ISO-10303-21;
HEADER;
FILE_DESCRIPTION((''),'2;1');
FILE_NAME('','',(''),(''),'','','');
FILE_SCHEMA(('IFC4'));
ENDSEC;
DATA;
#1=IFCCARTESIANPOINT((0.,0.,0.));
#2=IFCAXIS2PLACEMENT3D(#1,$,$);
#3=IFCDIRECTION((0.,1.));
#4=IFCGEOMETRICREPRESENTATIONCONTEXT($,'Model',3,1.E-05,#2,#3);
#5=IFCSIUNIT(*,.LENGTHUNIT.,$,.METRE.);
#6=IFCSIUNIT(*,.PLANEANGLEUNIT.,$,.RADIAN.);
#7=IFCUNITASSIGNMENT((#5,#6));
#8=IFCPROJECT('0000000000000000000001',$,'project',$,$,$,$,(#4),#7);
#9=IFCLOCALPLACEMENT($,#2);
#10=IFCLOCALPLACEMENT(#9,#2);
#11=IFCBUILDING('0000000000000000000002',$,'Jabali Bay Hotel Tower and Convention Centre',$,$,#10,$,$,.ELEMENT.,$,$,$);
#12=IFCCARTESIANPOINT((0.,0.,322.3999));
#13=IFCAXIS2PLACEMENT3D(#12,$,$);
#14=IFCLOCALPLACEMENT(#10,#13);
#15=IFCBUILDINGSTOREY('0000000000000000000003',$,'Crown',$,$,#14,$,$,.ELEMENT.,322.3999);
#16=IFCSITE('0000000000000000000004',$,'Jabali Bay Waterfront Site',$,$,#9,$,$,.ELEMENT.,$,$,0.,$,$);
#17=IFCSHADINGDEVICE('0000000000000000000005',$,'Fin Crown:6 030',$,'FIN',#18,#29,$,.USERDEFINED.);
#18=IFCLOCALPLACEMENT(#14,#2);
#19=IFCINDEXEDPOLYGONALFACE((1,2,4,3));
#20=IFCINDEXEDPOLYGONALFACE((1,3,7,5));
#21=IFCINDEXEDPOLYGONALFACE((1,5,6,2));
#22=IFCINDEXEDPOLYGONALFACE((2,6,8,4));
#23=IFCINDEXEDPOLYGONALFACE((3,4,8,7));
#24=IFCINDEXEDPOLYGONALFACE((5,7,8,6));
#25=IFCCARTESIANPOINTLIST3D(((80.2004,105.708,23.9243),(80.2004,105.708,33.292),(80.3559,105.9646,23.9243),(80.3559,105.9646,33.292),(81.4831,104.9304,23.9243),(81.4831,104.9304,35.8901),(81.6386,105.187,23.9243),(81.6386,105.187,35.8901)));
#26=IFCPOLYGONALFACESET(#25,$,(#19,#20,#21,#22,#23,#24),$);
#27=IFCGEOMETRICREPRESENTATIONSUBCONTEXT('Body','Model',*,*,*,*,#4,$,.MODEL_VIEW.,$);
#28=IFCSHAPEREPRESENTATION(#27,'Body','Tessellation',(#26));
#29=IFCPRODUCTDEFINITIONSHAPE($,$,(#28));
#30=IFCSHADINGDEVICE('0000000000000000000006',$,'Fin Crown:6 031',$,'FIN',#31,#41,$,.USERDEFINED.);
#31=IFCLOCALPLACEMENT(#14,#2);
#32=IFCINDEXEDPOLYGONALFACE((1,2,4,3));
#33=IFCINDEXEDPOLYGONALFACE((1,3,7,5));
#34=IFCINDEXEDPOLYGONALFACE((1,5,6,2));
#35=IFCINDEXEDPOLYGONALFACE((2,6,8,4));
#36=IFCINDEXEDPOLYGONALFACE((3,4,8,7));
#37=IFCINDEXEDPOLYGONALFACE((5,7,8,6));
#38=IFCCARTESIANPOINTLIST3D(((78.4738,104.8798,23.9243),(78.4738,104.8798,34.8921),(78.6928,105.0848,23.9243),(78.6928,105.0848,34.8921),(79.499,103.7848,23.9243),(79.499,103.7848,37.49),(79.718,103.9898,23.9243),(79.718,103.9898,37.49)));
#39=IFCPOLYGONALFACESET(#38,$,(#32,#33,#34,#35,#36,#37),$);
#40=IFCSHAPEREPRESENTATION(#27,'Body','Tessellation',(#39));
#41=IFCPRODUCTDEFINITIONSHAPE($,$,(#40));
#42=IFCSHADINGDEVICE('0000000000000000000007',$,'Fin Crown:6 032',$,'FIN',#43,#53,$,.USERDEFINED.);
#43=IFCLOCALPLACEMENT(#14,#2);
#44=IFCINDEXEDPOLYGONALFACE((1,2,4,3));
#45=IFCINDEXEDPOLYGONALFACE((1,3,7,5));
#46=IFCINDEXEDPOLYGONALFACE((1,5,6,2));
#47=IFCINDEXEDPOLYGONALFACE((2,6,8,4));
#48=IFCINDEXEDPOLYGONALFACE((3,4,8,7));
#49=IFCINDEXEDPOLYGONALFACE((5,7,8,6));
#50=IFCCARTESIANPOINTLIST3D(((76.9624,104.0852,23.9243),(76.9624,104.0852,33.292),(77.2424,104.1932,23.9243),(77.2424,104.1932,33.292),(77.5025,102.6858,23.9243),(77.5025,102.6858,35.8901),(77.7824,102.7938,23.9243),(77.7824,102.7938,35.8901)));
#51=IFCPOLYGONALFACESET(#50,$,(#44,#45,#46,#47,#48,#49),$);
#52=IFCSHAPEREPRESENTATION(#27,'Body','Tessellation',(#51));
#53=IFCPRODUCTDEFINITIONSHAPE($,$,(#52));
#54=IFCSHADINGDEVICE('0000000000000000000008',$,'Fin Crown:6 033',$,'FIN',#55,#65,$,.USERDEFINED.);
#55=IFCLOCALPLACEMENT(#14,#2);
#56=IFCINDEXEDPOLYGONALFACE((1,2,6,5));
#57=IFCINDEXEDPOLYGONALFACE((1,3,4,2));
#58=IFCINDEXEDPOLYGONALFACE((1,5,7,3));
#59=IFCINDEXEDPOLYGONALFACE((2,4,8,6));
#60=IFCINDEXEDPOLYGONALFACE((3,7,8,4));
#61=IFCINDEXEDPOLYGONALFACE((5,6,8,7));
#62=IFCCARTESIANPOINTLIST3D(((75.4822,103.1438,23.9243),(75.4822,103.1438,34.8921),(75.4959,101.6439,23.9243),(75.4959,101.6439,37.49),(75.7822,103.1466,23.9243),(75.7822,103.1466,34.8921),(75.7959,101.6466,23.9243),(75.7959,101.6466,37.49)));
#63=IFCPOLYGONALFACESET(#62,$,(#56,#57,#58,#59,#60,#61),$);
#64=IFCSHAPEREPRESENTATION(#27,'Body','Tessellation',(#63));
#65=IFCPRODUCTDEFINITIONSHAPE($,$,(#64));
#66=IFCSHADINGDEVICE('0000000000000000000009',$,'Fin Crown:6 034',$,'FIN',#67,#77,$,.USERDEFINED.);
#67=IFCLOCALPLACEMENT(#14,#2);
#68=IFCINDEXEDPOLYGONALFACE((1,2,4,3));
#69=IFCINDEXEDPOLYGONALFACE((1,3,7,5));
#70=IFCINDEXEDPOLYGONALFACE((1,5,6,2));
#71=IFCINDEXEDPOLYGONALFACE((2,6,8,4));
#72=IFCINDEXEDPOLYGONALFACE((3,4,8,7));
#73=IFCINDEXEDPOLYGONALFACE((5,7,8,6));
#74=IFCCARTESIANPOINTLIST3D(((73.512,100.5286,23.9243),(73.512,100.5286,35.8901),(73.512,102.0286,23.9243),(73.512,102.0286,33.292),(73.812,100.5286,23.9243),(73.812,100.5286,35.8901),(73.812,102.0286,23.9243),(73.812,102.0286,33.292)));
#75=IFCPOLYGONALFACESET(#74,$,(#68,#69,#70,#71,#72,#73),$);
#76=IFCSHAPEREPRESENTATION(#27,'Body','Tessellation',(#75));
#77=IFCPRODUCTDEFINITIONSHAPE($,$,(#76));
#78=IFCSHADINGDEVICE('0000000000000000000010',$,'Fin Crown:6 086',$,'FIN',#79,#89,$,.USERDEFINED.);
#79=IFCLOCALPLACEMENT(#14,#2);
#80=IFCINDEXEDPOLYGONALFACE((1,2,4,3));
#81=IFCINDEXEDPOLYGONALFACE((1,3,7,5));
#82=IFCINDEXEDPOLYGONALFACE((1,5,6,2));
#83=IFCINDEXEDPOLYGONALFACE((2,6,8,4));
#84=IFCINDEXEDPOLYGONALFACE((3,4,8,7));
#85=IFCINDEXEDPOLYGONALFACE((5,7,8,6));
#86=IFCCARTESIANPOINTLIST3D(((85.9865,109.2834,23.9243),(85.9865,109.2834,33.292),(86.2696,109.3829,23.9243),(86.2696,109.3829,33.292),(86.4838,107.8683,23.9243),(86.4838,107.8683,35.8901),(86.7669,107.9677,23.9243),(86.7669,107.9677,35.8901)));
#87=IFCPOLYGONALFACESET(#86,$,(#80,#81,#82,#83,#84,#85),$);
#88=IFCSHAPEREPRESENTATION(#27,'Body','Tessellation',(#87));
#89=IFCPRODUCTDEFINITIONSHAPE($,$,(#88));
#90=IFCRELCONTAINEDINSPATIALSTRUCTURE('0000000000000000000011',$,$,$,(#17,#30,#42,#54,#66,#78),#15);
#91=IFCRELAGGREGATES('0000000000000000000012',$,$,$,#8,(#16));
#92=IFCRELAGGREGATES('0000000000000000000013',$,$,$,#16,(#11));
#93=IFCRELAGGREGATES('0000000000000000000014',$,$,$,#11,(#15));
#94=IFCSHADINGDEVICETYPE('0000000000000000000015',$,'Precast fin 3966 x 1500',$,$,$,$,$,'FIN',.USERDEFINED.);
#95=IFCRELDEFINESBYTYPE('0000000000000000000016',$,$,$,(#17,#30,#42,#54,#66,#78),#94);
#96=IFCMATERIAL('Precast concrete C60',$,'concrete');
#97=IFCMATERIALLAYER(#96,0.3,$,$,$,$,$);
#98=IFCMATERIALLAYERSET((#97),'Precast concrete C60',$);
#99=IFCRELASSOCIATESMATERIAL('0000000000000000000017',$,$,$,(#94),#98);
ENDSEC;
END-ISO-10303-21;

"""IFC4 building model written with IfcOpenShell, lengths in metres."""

from ifc_helpers import new_model, si_unit, direction, frame, origin, place, context, subcontext, project, spatial, polyline, outline, extrude, material, layer, layer_set, type_object, element, save


model = new_model("IFC4")

# Units and contexts
model_context = context("Model", 3, precision=1e-05, world=origin(), true_north=direction((0.0, 1.0)))
body_context = subcontext(model_context, "Body", "Model", "MODEL_VIEW")
ifc_project = project(units=[si_unit("LENGTHUNIT", "METRE"), si_unit("PLANEANGLEUNIT", "RADIAN")], contexts=[model_context])

# Site, building, storey
site_placement = place(None, origin())
site = spatial("IfcSite", under=ifc_project, at=site_placement, Name="Jabali Bay Waterfront Site", CompositionType="ELEMENT", RefElevation=0.0)
building_placement = place(site_placement, origin())
building = spatial("IfcBuilding", under=site, at=building_placement, Name="Jabali Bay Hotel Tower and Convention Centre", CompositionType="ELEMENT")
storey_placement = place(building_placement, frame((0.0, 0.0, 322.3999)))
storey = spatial("IfcBuildingStorey", under=building, at=storey_placement, Name="Crown", CompositionType="ELEMENT", Elevation=322.3999)

# Shading devices
ifc_material_1 = material(Name="Precast concrete C60", Category="concrete")
ifc_layer_1 = layer(ifc_material_1, 0.3)
ifc_layer_set_1 = layer_set([ifc_layer_1], Name="Precast concrete C60")
shading_device_type = type_object("IfcShadingDeviceType", Name="Precast fin 3966 x 1500", ElementType="FIN", PredefinedType="USERDEFINED", material=ifc_layer_set_1)
shading_device_1_placement = place(storey_placement, frame((81.5608, 105.0586, 23.9243), z_axis=(0.0, 0.0, 1.0), x_axis=(-0.855143, 0.518392, 0.0)))
element("IfcShadingDevice", 1, at=shading_device_1_placement, inside=storey, type_object=shading_device_type, Name="Fin Crown:6 030", ObjectType="FIN", PredefinedType="USERDEFINED", context=body_context, shape_type="SweptSolid", body=[
    extrude(outline(polyline([(0.0, 0.0), (1.5, 0.0), (1.5, 9.3677), (0.0, 11.9658), (0.0, 0.0)])), frame((0.0, 0.1499, 0.0), z_axis=(0.0, -1.0, 0.0), x_axis=(1.0, 0.0, 0.0)), (0.0, 0.0, 1.0), 0.3),
])
shading_device_2_placement = place(storey_placement, frame((79.6084, 103.8872, 23.9243), z_axis=(0.0, 0.0, 1.0), x_axis=(-0.683448, 0.729999, 0.0)))
element("IfcShadingDevice", 2, at=shading_device_2_placement, inside=storey, type_object=shading_device_type, Name="Fin Crown:6 031", ObjectType="FIN", PredefinedType="USERDEFINED", context=body_context, shape_type="SweptSolid", body=[
    extrude(outline(polyline([(0.0, 0.0), (1.5, 0.0), (1.5, 10.9678), (0.0, 13.5657), (0.0, 0.0)])), frame((0.0, 0.1499, 0.0), z_axis=(0.0, -1.0, 0.0), x_axis=(1.0, 0.0, 0.0)), (0.0, 0.0, 1.0), 0.3),
])
shading_device_3_placement = place(storey_placement, frame((77.6423, 102.7397, 23.9243), z_axis=(0.0, 0.0, 1.0), x_axis=(-0.360026, 0.932942, 0.0)))
element("IfcShadingDevice", 3, at=shading_device_3_placement, inside=storey, type_object=shading_device_type, Name="Fin Crown:6 032", ObjectType="FIN", PredefinedType="USERDEFINED", context=body_context, shape_type="SweptSolid", body=[
    extrude(outline(polyline([(0.0, 0.0), (1.5, 0.0), (1.5, 9.3677), (0.0, 11.9658), (0.0, 0.0)])), frame((0.0, 0.1499, 0.0), z_axis=(0.0, -1.0, 0.0), x_axis=(1.0, 0.0, 0.0)), (0.0, 0.0, 1.0), 0.3),
])
shading_device_4_placement = place(storey_placement, frame((75.6458, 101.6453, 23.9243), z_axis=(0.0, 0.0, 1.0), x_axis=(-0.009114, 0.999958, 0.0)))
element("IfcShadingDevice", 4, at=shading_device_4_placement, inside=storey, type_object=shading_device_type, Name="Fin Crown:6 033", ObjectType="FIN", PredefinedType="USERDEFINED", context=body_context, shape_type="SweptSolid", body=[
    extrude(outline(polyline([(0.0, 0.0), (1.5, 0.0), (1.5, 10.9678), (0.0, 13.5657), (0.0, 0.0)])), frame((0.0, 0.1499, 0.0), z_axis=(0.0, -1.0, 0.0), x_axis=(1.0, 0.0, 0.0)), (0.0, 0.0, 1.0), 0.3),
])
for number, where, z_axis, x_axis, name in (
    (5, (73.6619, 100.5286, 23.9243), (0.0, 0.0, 1.0), (0.0, 1.0, 0.0), "Fin Crown:6 034"),
    (6, (86.6252, 107.918, 23.9243), (0.0, 0.0, 1.0), (-0.331517, 0.943449, 0.0), "Fin Crown:6 086"),
):
    element("IfcShadingDevice", number, at=place(storey_placement, frame(where, z_axis=z_axis, x_axis=x_axis)), inside=storey, type_object=shading_device_type, Name=name, ObjectType="FIN", PredefinedType="USERDEFINED", context=body_context, shape_type="SweptSolid", body=[
        extrude(outline(polyline([(0.0, 0.0), (1.5, 0.0), (1.5, 9.3677), (0.0, 11.9658), (0.0, 0.0)])), frame((0.0, 0.1499, 0.0), z_axis=(0.0, -1.0, 0.0), x_axis=(1.0, 0.0, 0.0)), (0.0, 0.0, 1.0), 0.3),
    ])

save(model, "model.ifc")
